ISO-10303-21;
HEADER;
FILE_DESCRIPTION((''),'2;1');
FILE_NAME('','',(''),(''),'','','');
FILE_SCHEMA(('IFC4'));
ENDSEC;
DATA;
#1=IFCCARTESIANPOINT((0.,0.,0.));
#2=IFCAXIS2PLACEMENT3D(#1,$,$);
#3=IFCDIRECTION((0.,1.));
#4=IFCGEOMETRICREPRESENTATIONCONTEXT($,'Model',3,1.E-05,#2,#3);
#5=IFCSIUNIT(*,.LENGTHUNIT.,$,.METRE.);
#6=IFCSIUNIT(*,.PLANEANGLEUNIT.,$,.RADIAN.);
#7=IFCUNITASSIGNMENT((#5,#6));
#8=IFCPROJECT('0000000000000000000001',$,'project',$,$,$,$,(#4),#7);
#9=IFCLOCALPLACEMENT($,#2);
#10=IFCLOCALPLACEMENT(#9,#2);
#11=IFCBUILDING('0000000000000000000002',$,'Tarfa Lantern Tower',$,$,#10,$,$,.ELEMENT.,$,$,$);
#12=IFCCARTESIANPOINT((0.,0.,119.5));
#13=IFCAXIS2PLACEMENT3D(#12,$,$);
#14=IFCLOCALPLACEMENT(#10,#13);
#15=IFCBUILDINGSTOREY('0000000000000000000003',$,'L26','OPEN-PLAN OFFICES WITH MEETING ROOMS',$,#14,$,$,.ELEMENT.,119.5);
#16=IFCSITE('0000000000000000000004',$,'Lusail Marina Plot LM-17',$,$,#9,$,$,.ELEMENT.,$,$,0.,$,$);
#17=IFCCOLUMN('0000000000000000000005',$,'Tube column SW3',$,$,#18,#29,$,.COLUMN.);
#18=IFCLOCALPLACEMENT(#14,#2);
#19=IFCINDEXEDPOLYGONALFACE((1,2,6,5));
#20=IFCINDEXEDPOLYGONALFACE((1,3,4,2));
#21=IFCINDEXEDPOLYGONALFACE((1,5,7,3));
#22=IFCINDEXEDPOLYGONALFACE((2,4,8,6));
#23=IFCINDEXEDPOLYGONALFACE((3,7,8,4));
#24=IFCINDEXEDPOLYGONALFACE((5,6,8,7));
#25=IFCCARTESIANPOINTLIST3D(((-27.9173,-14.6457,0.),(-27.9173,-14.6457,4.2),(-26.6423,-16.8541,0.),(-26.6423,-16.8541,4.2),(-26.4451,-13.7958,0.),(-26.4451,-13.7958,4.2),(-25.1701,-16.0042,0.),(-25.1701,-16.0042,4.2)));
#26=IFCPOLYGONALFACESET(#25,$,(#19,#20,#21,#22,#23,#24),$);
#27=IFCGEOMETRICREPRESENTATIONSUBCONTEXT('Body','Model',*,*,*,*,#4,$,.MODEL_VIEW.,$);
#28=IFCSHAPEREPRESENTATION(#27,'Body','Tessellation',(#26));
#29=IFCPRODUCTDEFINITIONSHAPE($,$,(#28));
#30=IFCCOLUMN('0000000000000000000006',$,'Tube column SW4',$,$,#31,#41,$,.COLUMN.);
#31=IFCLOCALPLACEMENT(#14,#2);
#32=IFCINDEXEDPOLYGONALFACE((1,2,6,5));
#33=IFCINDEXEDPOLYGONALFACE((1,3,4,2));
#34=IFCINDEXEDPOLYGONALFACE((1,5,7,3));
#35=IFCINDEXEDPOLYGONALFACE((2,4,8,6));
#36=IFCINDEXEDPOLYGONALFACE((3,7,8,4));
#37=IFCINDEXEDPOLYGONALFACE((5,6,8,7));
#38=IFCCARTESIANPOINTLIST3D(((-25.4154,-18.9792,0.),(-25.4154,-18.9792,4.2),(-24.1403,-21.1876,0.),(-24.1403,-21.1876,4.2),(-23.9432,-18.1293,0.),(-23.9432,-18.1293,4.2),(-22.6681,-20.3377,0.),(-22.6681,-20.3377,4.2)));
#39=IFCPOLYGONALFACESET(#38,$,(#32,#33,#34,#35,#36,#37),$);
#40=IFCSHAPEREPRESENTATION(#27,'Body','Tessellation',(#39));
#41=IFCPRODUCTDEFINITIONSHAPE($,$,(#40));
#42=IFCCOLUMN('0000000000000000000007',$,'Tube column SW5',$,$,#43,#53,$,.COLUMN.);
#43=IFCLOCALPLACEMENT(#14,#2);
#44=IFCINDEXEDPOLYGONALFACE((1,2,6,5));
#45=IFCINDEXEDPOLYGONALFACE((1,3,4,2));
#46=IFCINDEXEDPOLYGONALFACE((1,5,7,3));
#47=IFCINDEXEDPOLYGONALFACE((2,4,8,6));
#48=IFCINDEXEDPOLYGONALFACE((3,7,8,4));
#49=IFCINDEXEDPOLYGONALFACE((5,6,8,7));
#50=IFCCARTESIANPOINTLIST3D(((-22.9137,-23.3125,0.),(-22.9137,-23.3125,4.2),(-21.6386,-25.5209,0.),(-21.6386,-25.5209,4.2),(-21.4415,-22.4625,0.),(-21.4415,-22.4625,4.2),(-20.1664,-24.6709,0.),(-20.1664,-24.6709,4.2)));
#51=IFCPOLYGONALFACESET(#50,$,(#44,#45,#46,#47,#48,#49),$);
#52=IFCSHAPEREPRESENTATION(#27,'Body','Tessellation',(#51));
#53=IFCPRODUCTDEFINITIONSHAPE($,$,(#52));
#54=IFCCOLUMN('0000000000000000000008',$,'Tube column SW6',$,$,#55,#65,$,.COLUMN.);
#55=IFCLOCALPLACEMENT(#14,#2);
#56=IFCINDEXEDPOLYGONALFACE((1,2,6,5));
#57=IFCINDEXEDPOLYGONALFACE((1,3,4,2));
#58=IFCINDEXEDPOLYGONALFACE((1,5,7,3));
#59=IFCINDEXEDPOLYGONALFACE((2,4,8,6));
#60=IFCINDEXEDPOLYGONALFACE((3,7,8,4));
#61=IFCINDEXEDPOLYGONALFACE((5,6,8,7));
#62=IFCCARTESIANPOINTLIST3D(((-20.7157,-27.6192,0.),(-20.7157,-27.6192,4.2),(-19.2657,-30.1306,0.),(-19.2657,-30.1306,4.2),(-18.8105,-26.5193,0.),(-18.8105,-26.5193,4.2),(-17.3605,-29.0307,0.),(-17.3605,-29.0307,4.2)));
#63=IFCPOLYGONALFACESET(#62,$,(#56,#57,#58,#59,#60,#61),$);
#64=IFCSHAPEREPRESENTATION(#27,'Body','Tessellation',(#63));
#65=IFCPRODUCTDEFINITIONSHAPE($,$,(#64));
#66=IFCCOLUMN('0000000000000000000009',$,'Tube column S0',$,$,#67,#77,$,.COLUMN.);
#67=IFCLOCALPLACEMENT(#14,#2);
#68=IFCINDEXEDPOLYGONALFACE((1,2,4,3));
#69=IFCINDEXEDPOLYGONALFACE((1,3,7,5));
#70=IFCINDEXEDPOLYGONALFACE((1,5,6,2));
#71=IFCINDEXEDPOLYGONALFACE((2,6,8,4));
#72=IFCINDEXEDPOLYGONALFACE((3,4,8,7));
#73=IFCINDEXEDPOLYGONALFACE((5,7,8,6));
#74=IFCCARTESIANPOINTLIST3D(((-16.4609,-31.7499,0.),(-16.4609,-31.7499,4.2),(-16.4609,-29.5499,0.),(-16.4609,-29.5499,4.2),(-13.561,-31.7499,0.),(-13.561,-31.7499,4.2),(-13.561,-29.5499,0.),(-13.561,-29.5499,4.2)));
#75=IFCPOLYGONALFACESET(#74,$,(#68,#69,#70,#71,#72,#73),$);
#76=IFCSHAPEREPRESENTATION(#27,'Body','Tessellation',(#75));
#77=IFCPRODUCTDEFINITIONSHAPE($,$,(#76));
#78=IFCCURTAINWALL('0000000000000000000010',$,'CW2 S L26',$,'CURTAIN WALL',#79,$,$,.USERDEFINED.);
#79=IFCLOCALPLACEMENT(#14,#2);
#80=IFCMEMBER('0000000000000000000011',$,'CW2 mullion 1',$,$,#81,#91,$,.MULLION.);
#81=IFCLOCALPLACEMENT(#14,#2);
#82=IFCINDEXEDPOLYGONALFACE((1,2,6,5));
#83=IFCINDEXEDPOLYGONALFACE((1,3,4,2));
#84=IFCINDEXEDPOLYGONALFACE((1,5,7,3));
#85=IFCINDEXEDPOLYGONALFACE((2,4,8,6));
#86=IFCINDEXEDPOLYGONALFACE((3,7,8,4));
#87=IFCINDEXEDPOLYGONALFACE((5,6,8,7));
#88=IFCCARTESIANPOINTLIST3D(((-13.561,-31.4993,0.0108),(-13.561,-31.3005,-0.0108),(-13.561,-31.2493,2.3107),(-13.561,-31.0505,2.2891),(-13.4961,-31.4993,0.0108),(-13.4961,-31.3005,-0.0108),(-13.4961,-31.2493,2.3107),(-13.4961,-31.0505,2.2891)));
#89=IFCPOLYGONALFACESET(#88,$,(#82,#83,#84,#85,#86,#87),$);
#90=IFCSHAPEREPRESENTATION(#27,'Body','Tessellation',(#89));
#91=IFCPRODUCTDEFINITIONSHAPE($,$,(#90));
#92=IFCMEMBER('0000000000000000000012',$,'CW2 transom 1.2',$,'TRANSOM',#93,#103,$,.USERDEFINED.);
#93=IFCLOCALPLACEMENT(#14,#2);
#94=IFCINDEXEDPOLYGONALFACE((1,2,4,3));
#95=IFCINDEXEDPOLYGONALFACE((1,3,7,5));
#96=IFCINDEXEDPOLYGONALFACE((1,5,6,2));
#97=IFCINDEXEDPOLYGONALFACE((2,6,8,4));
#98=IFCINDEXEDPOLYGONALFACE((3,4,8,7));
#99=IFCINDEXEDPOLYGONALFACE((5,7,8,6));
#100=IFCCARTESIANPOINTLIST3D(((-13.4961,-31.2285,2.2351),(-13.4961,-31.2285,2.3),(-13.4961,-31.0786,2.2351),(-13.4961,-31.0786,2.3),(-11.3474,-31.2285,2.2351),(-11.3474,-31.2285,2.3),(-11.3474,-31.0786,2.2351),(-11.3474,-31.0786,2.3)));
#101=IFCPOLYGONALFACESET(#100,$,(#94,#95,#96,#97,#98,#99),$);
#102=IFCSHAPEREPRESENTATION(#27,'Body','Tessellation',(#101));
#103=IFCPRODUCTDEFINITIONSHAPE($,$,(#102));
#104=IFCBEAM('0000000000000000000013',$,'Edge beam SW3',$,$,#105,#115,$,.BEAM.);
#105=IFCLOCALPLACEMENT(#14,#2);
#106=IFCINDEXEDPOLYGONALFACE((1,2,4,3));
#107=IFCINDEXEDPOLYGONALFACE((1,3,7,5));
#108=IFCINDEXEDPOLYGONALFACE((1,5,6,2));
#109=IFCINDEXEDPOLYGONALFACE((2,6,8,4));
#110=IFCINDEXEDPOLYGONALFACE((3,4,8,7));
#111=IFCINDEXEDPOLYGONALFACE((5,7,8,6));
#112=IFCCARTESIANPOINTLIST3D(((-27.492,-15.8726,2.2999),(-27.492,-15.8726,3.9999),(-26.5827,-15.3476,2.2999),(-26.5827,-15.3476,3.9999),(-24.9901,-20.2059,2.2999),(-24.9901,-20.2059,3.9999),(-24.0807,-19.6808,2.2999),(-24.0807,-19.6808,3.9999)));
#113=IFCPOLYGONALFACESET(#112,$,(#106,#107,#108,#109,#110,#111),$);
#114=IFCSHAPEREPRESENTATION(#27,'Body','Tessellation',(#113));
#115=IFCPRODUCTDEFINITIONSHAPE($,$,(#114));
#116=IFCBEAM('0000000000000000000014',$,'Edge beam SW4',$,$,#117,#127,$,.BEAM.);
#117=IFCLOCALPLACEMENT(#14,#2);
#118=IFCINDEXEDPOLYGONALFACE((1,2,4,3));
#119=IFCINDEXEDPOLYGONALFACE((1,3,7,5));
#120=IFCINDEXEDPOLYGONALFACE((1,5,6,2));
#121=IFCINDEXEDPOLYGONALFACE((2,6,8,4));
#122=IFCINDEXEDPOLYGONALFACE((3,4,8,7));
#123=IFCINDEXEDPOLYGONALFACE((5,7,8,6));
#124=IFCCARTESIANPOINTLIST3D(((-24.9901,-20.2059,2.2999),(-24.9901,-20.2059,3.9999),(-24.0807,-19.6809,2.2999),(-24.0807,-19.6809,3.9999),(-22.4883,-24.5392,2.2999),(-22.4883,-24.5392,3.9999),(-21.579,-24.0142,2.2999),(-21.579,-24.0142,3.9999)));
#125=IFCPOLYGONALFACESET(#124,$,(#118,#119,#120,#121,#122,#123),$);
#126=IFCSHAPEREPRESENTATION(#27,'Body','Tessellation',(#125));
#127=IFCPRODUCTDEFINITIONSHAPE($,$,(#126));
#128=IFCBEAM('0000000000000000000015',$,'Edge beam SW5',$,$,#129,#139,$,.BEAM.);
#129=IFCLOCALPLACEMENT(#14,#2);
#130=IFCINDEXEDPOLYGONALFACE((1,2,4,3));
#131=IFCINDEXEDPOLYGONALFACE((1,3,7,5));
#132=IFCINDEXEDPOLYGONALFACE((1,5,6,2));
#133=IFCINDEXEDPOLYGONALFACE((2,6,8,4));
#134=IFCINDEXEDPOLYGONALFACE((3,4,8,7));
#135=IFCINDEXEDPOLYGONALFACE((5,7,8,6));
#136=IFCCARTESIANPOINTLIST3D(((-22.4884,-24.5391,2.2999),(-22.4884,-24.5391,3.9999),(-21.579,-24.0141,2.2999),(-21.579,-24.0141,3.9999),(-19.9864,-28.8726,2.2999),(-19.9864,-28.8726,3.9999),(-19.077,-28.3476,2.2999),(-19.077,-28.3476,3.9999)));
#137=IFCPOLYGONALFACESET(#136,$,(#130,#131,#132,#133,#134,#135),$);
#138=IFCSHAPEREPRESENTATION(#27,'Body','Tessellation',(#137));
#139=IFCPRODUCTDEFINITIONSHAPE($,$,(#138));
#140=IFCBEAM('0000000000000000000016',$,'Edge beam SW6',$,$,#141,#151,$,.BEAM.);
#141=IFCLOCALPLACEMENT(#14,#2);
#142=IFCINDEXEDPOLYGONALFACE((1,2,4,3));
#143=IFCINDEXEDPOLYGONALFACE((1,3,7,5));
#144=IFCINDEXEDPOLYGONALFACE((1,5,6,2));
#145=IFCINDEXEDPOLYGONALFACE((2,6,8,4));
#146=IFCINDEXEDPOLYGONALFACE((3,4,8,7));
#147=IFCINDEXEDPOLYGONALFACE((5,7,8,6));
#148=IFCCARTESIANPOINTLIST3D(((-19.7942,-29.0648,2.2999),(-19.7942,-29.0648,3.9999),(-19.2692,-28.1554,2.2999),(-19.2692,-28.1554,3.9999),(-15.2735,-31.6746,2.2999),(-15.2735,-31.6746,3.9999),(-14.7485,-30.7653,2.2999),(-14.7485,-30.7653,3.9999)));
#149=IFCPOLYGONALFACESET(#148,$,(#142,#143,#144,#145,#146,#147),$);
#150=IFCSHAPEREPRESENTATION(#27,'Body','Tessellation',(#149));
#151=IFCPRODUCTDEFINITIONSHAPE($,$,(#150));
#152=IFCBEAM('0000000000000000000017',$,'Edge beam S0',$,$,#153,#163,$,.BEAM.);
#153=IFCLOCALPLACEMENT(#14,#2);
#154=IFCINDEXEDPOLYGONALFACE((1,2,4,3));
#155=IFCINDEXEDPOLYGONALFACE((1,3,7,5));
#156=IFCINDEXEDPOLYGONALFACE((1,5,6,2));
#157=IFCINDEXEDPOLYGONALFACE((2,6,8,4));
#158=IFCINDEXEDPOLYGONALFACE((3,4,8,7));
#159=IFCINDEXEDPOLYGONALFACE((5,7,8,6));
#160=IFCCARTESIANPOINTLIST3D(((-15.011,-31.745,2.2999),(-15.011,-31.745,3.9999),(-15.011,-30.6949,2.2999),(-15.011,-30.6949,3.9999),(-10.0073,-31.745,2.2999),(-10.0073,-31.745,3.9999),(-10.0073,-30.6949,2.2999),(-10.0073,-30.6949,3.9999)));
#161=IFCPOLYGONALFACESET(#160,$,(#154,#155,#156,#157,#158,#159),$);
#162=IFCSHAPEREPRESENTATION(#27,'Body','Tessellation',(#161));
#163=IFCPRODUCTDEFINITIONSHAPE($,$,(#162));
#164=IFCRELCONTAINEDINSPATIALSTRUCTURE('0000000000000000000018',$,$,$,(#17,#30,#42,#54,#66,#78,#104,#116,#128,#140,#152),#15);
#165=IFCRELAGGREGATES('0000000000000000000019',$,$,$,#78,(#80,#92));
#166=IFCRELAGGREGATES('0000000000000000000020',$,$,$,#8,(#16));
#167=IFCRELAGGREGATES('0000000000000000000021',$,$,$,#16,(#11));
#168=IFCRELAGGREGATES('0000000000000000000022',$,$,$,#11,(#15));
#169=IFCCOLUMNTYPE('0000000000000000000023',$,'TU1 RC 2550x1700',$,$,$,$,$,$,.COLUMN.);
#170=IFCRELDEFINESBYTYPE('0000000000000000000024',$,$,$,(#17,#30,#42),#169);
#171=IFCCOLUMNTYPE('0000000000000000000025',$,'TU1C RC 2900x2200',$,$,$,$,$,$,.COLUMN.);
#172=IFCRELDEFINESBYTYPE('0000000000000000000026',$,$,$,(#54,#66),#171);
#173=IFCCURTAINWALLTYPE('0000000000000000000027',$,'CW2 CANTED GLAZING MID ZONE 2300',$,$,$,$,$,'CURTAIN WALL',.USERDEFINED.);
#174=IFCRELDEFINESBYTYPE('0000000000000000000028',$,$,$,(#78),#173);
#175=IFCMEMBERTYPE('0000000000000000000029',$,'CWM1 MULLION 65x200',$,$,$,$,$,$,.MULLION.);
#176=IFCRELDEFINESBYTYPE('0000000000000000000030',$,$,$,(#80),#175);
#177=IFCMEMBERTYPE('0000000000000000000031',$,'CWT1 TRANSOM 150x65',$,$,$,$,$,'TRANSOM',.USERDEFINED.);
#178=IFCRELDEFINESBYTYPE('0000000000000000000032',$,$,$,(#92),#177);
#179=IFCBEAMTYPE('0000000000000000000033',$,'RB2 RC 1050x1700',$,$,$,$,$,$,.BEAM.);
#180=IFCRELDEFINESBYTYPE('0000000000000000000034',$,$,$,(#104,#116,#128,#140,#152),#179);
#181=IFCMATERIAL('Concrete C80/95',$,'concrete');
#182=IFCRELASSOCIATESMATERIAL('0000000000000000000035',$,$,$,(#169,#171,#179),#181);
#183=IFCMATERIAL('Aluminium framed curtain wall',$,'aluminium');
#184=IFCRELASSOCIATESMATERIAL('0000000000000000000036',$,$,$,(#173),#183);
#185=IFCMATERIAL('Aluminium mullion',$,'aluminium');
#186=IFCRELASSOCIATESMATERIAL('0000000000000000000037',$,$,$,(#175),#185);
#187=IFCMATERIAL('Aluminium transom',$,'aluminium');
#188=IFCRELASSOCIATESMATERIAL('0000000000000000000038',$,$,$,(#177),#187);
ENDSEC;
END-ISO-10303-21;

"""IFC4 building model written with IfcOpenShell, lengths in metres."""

from ifc_helpers import new_model, si_unit, direction, frame, origin, origin_2d, place, context, subcontext, project, spatial, rectangle, extrude, material, material_profile, profile_set, type_object, element, aggregate, save


model = new_model("IFC4")

# Units and contexts
model_context = context("Model", 3, precision=1e-05, world=origin(), true_north=direction((0.0, 1.0)))
body_context = subcontext(model_context, "Body", "Model", "MODEL_VIEW")
ifc_project = project(units=[si_unit("LENGTHUNIT", "METRE"), si_unit("PLANEANGLEUNIT", "RADIAN")], contexts=[model_context])

# Site, building, storey
site_placement = place(None, origin())
site = spatial("IfcSite", under=ifc_project, at=site_placement, Name="Lusail Marina Plot LM-17", CompositionType="ELEMENT", RefElevation=0.0)
building_placement = place(site_placement, origin())
building = spatial("IfcBuilding", under=site, at=building_placement, Name="Tarfa Lantern Tower", CompositionType="ELEMENT")
storey_placement = place(building_placement, frame((0.0, 0.0, 119.5)))
storey = spatial("IfcBuildingStorey", under=building, at=storey_placement, Name="L26", Description="OPEN-PLAN OFFICES WITH MEETING ROOMS", CompositionType="ELEMENT", Elevation=119.5)

# Columns
ifc_material_1 = material(Name="Concrete C80/95", Category="concrete")
ifc_material_profile_1 = material_profile(ifc_material_1, rectangle(XDim=2.55, YDim=1.7, at=origin_2d()), Name="RC 2550x1700")
ifc_profile_set_1 = profile_set([ifc_material_profile_1], Name="Concrete C80/95")
column_type_1 = type_object("IfcColumnType", Name="TU1 RC 2550x1700", PredefinedType="COLUMN", material=ifc_profile_set_1)
for number, where, z_axis, x_axis, name in (
    (1, (-26.5437, -15.325, 0.0), (0.0, 0.0, 1.0), (0.5, -0.866025, 0.0), "Tube column SW3"),
    (2, (-24.0417, -19.6584, 0.0), (0.0, 0.0, 1.0), (0.5, -0.866025, 0.0), "Tube column SW4"),
    (3, (-21.54, -23.9917, 0.0), (0.0, 0.0, 1.0), (0.5, -0.866025, 0.0), "Tube column SW5"),
):
    element("IfcColumn", number, at=place(storey_placement, frame(where, z_axis=z_axis, x_axis=x_axis)), inside=storey, type_object=column_type_1, Name=name, PredefinedType="COLUMN", context=body_context, shape_type="SweptSolid", body=[
        extrude(rectangle(XDim=2.55, YDim=1.7, at=origin_2d()), origin(), (0.0, 0.0, 1.0), 4.2),
    ])
ifc_material_profile_2 = material_profile(ifc_material_1, rectangle(XDim=2.8999, YDim=2.2, at=origin_2d()), Name="RC 2900x2200")
ifc_profile_set_2 = profile_set([ifc_material_profile_2], Name="Concrete C80/95")
column_type_2 = type_object("IfcColumnType", Name="TU1C RC 2900x2200", PredefinedType="COLUMN", material=ifc_profile_set_2)
for number, where, z_axis, x_axis, name in (
    (4, (-19.0381, -28.325, 0.0), (0.0, 0.0, 1.0), (0.5, -0.866025, 0.0), "Tube column SW6"),
    (5, (-15.011, -30.6499, 0.0), (0.0, 0.0, 1.0), (1.0, 0.0, 0.0), "Tube column S0"),
):
    element("IfcColumn", number, at=place(storey_placement, frame(where, z_axis=z_axis, x_axis=x_axis)), inside=storey, type_object=column_type_2, Name=name, PredefinedType="COLUMN", context=body_context, shape_type="SweptSolid", body=[
        extrude(rectangle(XDim=2.8999, YDim=2.2, at=origin_2d()), origin(), (0.0, 0.0, 1.0), 4.2),
    ])

# Curtain wall, members
ifc_material_2 = material(Name="Aluminium framed curtain wall", Category="aluminium")
curtain_wall_type = type_object("IfcCurtainWallType", Name="CW2 CANTED GLAZING MID ZONE 2300", ElementType="CURTAIN WALL", PredefinedType="USERDEFINED", material=ifc_material_2)
curtain_wall_placement = place(storey_placement, origin())
curtain_wall = element("IfcCurtainWall", 6, at=curtain_wall_placement, inside=storey, type_object=curtain_wall_type, Name="CW2 S L26", ObjectType="CURTAIN WALL", PredefinedType="USERDEFINED")
ifc_material_3 = material(Name="Aluminium mullion", Category="aluminium")
ifc_material_profile_3 = material_profile(ifc_material_3, rectangle(XDim=0.0649, YDim=0.2, at=origin_2d()), Name="AL MULLION 65x200")
ifc_profile_set_3 = profile_set([ifc_material_profile_3], Name="Aluminium mullion")
member_type_1 = type_object("IfcMemberType", Name="CWM1 MULLION 65x200", PredefinedType="MULLION", material=ifc_profile_set_3)
member_1_placement = place(storey_placement, frame((-13.5286, -31.3999, 0.0), z_axis=(0.0, 0.108057, 0.994145), x_axis=(-1.0, 0.0, 0.0)))
member_1 = element("IfcMember", 7, at=member_1_placement, type_object=member_type_1, Name="CW2 mullion 1", PredefinedType="MULLION", context=body_context, shape_type="SweptSolid", body=[
    extrude(rectangle(XDim=0.0649, YDim=0.2, at=origin_2d()), origin(), (0.0, 0.0, 1.0), 2.3135),
])
ifc_material_4 = material(Name="Aluminium transom", Category="aluminium")
ifc_material_profile_4 = material_profile(ifc_material_4, rectangle(XDim=0.1499, YDim=0.0649, at=origin_2d()), Name="AL TRANSOM 150x65")
ifc_profile_set_4 = profile_set([ifc_material_profile_4], Name="Aluminium transom")
member_type_2 = type_object("IfcMemberType", Name="CWT1 TRANSOM 150x65", ElementType="TRANSOM", PredefinedType="USERDEFINED", material=ifc_profile_set_4)
member_2_placement = place(storey_placement, frame((-13.4961, -31.1536, 2.2676), z_axis=(1.0, 0.0, 0.0), x_axis=(0.0, 1.0, 0.0)))
member_2 = element("IfcMember", 8, at=member_2_placement, type_object=member_type_2, Name="CW2 transom 1.2", ObjectType="TRANSOM", PredefinedType="USERDEFINED", context=body_context, shape_type="SweptSolid", body=[
    extrude(rectangle(XDim=0.1499, YDim=0.0649, at=origin_2d()), origin(), (0.0, 0.0, 1.0), 2.1487),
])

# Beams
ifc_material_profile_5 = material_profile(ifc_material_1, rectangle(XDim=1.05, YDim=1.7, at=origin_2d()), Name="RC 1050x1700")
ifc_profile_set_5 = profile_set([ifc_material_profile_5], Name="Concrete C80/95")
beam_type_1 = type_object("IfcBeamType", Name="RB2 RC 1050x1700", PredefinedType="BEAM", material=ifc_profile_set_5)
for number, where, z_axis, x_axis, name in (
    (9, (-27.0374, -15.6101, 3.1499), (0.500022, -0.866013, 0.0), (0.866013, 0.500022, 0.0), "Edge beam SW3"),
    (10, (-24.5354, -19.9434, 3.1499), (0.499986, -0.866034, 0.0), (0.866034, 0.499986, 0.0), "Edge beam SW4"),
):
    element("IfcBeam", number, at=place(storey_placement, frame(where, z_axis=z_axis, x_axis=x_axis)), inside=storey, type_object=beam_type_1, Name=name, PredefinedType="BEAM", context=body_context, shape_type="SweptSolid", body=[
        extrude(rectangle(XDim=1.05, YDim=1.7, at=origin_2d()), origin(), (0.0, 0.0, 1.0), 5.0037),
    ])
beam_1_placement = place(storey_placement, frame((-22.0337, -24.2766, 3.1499), z_axis=(0.500001, -0.866025, 0.0), x_axis=(0.866025, 0.500001, 0.0)))
element("IfcBeam", 11, at=beam_1_placement, inside=storey, type_object=beam_type_1, Name="Edge beam SW5", PredefinedType="BEAM", context=body_context, shape_type="SweptSolid", body=[
    extrude(rectangle(XDim=1.05, YDim=1.7, at=origin_2d()), origin(), (0.0, 0.0, 1.0), 5.0039),
])
beam_2_placement = place(storey_placement, frame((-19.5317, -28.6101, 3.1499), z_axis=(0.866042, -0.499972, 0.0), x_axis=(0.499972, 0.866042, 0.0)))
element("IfcBeam", 12, at=beam_2_placement, inside=storey, type_object=beam_type_1, Name="Edge beam SW6", PredefinedType="BEAM", context=body_context, shape_type="SweptSolid", body=[
    extrude(rectangle(XDim=1.05, YDim=1.7, at=origin_2d()), origin(), (0.0, 0.0, 1.0), 5.22),
])
beam_3_placement = place(storey_placement, frame((-15.011, -31.22, 3.1499), z_axis=(1.0, 0.0, 0.0), x_axis=(0.0, 1.0, 0.0)))
element("IfcBeam", 13, at=beam_3_placement, inside=storey, type_object=beam_type_1, Name="Edge beam S0", PredefinedType="BEAM", context=body_context, shape_type="SweptSolid", body=[
    extrude(rectangle(XDim=1.05, YDim=1.7, at=origin_2d()), origin(), (0.0, 0.0, 1.0), 5.0037),
])

aggregate(curtain_wall, [member_1, member_2])

save(model, "model.ifc")
